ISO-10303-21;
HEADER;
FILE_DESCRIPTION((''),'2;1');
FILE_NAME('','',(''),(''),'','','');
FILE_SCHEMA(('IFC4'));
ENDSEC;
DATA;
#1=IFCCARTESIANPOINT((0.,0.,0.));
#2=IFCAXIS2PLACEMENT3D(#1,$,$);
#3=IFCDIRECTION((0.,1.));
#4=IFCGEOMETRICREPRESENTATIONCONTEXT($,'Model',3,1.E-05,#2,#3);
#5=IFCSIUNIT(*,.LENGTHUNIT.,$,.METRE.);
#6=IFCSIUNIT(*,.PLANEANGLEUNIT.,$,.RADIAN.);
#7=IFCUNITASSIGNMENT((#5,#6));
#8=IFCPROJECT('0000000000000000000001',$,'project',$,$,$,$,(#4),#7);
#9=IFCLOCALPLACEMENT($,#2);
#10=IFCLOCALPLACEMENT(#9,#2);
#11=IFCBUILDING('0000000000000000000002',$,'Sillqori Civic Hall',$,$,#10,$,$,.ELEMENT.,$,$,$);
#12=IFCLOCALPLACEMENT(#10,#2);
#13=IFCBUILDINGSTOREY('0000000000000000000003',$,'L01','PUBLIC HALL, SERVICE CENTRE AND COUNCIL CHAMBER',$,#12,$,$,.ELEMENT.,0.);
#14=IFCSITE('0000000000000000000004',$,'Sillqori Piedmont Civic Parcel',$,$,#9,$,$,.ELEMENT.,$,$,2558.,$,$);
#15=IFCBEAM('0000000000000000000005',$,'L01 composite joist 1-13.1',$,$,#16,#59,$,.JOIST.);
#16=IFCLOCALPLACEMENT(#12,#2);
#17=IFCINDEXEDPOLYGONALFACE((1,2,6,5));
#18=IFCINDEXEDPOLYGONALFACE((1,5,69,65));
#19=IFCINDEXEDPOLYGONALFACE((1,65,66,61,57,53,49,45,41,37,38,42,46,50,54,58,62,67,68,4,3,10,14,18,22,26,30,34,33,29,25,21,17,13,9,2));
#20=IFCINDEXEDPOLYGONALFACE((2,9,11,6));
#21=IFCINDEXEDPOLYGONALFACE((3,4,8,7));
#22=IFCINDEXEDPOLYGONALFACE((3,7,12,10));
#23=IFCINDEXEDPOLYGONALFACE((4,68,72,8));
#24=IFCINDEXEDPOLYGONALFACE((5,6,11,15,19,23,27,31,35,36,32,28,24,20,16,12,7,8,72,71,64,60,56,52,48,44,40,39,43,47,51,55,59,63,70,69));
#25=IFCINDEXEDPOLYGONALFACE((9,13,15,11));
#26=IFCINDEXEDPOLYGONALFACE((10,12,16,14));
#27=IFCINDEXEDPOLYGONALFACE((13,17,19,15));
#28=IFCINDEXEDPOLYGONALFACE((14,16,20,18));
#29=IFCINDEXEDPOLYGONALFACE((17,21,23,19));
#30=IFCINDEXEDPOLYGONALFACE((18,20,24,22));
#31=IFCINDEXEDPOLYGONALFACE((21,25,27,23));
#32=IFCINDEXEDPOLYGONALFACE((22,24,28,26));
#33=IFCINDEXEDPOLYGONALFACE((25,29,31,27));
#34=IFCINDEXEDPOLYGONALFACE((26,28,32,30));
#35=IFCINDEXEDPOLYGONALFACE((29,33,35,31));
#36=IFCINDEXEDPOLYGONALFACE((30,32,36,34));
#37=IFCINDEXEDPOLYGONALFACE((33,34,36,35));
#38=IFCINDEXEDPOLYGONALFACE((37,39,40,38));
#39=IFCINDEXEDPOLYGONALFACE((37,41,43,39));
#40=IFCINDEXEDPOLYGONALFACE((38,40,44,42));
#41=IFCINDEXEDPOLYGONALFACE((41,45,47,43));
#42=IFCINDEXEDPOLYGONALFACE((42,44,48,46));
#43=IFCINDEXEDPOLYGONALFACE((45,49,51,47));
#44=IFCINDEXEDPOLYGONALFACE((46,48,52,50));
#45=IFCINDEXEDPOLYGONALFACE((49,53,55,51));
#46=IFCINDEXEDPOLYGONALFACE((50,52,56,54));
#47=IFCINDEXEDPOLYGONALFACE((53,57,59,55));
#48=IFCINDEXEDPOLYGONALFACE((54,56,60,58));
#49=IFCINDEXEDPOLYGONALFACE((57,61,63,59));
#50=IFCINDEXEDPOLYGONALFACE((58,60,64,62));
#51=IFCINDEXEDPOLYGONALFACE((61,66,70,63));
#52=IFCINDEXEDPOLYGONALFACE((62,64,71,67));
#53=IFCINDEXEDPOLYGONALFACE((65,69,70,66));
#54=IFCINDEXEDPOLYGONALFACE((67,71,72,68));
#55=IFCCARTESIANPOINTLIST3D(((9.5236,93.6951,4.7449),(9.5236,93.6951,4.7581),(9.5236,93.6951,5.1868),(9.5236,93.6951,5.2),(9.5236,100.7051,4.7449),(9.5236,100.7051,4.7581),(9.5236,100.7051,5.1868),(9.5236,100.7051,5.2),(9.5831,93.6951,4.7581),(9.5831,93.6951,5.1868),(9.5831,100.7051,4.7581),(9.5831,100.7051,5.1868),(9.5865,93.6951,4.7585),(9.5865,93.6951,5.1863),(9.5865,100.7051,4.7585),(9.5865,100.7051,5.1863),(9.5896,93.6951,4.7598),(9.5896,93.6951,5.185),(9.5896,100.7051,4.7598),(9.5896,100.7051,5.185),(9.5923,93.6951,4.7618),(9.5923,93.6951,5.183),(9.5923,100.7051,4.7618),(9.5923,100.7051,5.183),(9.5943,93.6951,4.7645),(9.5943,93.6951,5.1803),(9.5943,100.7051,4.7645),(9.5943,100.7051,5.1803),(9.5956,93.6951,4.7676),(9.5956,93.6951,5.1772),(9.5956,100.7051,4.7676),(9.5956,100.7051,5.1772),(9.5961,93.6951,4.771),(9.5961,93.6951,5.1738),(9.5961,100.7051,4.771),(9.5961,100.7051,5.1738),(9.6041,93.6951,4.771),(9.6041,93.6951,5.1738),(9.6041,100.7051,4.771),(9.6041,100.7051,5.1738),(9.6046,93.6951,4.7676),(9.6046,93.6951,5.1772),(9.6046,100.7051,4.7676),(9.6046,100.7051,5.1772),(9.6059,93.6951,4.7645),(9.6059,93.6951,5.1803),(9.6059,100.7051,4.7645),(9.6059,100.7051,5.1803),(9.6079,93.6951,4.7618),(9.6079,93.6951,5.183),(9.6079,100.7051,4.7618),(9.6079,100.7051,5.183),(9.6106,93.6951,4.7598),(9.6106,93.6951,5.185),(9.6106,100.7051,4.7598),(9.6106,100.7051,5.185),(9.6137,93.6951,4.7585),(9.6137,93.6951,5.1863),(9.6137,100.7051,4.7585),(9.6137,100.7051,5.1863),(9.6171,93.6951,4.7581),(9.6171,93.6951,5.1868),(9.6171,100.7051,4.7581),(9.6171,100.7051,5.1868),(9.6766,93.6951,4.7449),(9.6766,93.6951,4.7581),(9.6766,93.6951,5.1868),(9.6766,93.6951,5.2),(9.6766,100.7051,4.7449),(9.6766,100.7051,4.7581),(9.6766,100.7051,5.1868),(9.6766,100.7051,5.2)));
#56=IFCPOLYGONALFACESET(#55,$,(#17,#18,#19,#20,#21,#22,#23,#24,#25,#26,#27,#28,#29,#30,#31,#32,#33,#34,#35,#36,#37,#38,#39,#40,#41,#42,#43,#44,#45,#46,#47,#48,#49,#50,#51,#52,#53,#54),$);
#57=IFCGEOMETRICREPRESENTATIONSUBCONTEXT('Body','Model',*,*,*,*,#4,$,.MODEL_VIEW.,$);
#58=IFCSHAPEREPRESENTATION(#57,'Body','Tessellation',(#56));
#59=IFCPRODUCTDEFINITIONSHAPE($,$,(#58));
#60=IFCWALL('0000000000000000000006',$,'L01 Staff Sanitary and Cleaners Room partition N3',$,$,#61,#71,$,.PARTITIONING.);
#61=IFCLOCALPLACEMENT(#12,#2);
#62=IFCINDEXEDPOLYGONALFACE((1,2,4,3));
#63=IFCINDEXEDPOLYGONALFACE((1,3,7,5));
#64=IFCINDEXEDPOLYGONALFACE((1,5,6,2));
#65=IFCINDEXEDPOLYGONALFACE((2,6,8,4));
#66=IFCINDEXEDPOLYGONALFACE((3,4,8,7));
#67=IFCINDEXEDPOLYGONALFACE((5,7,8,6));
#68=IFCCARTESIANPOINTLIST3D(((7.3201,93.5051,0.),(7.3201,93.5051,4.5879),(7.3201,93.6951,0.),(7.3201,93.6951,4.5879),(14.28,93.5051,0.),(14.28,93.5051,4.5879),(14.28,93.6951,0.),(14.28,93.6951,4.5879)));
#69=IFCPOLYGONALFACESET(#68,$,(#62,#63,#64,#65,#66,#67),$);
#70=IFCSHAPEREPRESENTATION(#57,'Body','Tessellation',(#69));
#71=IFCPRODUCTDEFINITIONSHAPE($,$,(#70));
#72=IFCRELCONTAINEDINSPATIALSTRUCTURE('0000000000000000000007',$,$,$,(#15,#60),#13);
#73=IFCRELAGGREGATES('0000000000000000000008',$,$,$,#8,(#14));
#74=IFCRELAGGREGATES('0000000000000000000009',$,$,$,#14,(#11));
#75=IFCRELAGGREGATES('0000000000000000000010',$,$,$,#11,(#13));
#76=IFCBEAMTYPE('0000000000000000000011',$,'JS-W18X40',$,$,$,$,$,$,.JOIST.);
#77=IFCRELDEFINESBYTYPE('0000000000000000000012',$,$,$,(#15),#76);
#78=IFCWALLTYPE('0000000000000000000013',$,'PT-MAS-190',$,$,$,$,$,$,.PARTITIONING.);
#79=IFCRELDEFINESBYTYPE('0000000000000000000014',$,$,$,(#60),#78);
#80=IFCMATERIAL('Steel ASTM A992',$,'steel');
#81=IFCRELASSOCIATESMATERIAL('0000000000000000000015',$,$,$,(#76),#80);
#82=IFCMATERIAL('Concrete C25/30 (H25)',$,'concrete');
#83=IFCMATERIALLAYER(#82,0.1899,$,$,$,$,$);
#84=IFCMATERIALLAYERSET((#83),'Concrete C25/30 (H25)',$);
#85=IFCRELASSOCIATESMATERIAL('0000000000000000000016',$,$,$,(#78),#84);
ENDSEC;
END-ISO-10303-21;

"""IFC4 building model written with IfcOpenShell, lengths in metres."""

from ifc_helpers import new_model, si_unit, direction, frame, frame_2d, origin, origin_2d, place, context, subcontext, project, spatial, rectangle, i_section, extrude, material, layer, layer_set, material_profile, profile_set, type_object, element, save


model = new_model("IFC4")

# Units and contexts
model_context = context("Model", 3, precision=1e-05, world=origin(), true_north=direction((0.0, 1.0)))
body_context = subcontext(model_context, "Body", "Model", "MODEL_VIEW")
ifc_project = project(units=[si_unit("LENGTHUNIT", "METRE"), si_unit("PLANEANGLEUNIT", "RADIAN")], contexts=[model_context])

# Site, building, storey
site_placement = place(None, origin())
site = spatial("IfcSite", under=ifc_project, at=site_placement, Name="Sillqori Piedmont Civic Parcel", CompositionType="ELEMENT", RefElevation=2558.0)
building_placement = place(site_placement, origin())
building = spatial("IfcBuilding", under=site, at=building_placement, Name="Sillqori Civic Hall", CompositionType="ELEMENT")
storey_placement = place(building_placement, origin())
storey = spatial("IfcBuildingStorey", under=building, at=storey_placement, Name="L01", Description="PUBLIC HALL, SERVICE CENTRE AND COUNCIL CHAMBER", CompositionType="ELEMENT", Elevation=0.0)

# Shared definitions
ifc_material_1 = material(Name="Steel ASTM A992", Category="steel")

# Beam
ifc_material_profile_1 = material_profile(ifc_material_1, i_section(OverallWidth=0.1531, OverallDepth=0.4551, WebThickness=0.0081, FlangeThickness=0.0132, FilletRadius=0.0129, at=origin_2d()), Name="W18X40")
ifc_profile_set_1 = profile_set([ifc_material_profile_1], Name="Steel ASTM A992")
beam_type_1 = type_object("IfcBeamType", Name="JS-W18X40", PredefinedType="JOIST", material=ifc_profile_set_1)
beam_1_placement = place(storey_placement, frame((9.6001, 93.6951, 4.9724), z_axis=(0.0, 1.0, 0.0), x_axis=(-1.0, 0.0, 0.0)))
element("IfcBeam", 1, at=beam_1_placement, inside=storey, type_object=beam_type_1, Name="L01 composite joist 1-13.1", PredefinedType="JOIST", context=body_context, shape_type="SweptSolid", body=[
    extrude(i_section(OverallWidth=0.1531, OverallDepth=0.4551, WebThickness=0.0081, FlangeThickness=0.0132, FilletRadius=0.0129, at=origin_2d()), origin(), (0.0, 0.0, 1.0), 7.01),
])

# Wall
ifc_material_2 = material(Name="Concrete C25/30 (H25)", Category="concrete")
ifc_layer_1 = layer(ifc_material_2, 0.1899)
ifc_layer_set_1 = layer_set([ifc_layer_1], Name="Concrete C25/30 (H25)")
wall_type = type_object("IfcWallType", Name="PT-MAS-190", PredefinedType="PARTITIONING", material=ifc_layer_set_1)
wall_placement = place(storey_placement, frame((7.3201, 93.6001, 0.0), z_axis=(0.0, 0.0, 1.0), x_axis=(1.0, 0.0, 0.0)))
element("IfcWall", 2, at=wall_placement, inside=storey, type_object=wall_type, Name="L01 Staff Sanitary and Cleaners Room partition N3", PredefinedType="PARTITIONING", context=body_context, shape_type="SweptSolid", body=[
    extrude(rectangle(XDim=6.96, YDim=0.1899, at=frame_2d((3.48, 0.0))), origin(), (0.0, 0.0, 1.0), 4.5879),
])

save(model, "model.ifc")
